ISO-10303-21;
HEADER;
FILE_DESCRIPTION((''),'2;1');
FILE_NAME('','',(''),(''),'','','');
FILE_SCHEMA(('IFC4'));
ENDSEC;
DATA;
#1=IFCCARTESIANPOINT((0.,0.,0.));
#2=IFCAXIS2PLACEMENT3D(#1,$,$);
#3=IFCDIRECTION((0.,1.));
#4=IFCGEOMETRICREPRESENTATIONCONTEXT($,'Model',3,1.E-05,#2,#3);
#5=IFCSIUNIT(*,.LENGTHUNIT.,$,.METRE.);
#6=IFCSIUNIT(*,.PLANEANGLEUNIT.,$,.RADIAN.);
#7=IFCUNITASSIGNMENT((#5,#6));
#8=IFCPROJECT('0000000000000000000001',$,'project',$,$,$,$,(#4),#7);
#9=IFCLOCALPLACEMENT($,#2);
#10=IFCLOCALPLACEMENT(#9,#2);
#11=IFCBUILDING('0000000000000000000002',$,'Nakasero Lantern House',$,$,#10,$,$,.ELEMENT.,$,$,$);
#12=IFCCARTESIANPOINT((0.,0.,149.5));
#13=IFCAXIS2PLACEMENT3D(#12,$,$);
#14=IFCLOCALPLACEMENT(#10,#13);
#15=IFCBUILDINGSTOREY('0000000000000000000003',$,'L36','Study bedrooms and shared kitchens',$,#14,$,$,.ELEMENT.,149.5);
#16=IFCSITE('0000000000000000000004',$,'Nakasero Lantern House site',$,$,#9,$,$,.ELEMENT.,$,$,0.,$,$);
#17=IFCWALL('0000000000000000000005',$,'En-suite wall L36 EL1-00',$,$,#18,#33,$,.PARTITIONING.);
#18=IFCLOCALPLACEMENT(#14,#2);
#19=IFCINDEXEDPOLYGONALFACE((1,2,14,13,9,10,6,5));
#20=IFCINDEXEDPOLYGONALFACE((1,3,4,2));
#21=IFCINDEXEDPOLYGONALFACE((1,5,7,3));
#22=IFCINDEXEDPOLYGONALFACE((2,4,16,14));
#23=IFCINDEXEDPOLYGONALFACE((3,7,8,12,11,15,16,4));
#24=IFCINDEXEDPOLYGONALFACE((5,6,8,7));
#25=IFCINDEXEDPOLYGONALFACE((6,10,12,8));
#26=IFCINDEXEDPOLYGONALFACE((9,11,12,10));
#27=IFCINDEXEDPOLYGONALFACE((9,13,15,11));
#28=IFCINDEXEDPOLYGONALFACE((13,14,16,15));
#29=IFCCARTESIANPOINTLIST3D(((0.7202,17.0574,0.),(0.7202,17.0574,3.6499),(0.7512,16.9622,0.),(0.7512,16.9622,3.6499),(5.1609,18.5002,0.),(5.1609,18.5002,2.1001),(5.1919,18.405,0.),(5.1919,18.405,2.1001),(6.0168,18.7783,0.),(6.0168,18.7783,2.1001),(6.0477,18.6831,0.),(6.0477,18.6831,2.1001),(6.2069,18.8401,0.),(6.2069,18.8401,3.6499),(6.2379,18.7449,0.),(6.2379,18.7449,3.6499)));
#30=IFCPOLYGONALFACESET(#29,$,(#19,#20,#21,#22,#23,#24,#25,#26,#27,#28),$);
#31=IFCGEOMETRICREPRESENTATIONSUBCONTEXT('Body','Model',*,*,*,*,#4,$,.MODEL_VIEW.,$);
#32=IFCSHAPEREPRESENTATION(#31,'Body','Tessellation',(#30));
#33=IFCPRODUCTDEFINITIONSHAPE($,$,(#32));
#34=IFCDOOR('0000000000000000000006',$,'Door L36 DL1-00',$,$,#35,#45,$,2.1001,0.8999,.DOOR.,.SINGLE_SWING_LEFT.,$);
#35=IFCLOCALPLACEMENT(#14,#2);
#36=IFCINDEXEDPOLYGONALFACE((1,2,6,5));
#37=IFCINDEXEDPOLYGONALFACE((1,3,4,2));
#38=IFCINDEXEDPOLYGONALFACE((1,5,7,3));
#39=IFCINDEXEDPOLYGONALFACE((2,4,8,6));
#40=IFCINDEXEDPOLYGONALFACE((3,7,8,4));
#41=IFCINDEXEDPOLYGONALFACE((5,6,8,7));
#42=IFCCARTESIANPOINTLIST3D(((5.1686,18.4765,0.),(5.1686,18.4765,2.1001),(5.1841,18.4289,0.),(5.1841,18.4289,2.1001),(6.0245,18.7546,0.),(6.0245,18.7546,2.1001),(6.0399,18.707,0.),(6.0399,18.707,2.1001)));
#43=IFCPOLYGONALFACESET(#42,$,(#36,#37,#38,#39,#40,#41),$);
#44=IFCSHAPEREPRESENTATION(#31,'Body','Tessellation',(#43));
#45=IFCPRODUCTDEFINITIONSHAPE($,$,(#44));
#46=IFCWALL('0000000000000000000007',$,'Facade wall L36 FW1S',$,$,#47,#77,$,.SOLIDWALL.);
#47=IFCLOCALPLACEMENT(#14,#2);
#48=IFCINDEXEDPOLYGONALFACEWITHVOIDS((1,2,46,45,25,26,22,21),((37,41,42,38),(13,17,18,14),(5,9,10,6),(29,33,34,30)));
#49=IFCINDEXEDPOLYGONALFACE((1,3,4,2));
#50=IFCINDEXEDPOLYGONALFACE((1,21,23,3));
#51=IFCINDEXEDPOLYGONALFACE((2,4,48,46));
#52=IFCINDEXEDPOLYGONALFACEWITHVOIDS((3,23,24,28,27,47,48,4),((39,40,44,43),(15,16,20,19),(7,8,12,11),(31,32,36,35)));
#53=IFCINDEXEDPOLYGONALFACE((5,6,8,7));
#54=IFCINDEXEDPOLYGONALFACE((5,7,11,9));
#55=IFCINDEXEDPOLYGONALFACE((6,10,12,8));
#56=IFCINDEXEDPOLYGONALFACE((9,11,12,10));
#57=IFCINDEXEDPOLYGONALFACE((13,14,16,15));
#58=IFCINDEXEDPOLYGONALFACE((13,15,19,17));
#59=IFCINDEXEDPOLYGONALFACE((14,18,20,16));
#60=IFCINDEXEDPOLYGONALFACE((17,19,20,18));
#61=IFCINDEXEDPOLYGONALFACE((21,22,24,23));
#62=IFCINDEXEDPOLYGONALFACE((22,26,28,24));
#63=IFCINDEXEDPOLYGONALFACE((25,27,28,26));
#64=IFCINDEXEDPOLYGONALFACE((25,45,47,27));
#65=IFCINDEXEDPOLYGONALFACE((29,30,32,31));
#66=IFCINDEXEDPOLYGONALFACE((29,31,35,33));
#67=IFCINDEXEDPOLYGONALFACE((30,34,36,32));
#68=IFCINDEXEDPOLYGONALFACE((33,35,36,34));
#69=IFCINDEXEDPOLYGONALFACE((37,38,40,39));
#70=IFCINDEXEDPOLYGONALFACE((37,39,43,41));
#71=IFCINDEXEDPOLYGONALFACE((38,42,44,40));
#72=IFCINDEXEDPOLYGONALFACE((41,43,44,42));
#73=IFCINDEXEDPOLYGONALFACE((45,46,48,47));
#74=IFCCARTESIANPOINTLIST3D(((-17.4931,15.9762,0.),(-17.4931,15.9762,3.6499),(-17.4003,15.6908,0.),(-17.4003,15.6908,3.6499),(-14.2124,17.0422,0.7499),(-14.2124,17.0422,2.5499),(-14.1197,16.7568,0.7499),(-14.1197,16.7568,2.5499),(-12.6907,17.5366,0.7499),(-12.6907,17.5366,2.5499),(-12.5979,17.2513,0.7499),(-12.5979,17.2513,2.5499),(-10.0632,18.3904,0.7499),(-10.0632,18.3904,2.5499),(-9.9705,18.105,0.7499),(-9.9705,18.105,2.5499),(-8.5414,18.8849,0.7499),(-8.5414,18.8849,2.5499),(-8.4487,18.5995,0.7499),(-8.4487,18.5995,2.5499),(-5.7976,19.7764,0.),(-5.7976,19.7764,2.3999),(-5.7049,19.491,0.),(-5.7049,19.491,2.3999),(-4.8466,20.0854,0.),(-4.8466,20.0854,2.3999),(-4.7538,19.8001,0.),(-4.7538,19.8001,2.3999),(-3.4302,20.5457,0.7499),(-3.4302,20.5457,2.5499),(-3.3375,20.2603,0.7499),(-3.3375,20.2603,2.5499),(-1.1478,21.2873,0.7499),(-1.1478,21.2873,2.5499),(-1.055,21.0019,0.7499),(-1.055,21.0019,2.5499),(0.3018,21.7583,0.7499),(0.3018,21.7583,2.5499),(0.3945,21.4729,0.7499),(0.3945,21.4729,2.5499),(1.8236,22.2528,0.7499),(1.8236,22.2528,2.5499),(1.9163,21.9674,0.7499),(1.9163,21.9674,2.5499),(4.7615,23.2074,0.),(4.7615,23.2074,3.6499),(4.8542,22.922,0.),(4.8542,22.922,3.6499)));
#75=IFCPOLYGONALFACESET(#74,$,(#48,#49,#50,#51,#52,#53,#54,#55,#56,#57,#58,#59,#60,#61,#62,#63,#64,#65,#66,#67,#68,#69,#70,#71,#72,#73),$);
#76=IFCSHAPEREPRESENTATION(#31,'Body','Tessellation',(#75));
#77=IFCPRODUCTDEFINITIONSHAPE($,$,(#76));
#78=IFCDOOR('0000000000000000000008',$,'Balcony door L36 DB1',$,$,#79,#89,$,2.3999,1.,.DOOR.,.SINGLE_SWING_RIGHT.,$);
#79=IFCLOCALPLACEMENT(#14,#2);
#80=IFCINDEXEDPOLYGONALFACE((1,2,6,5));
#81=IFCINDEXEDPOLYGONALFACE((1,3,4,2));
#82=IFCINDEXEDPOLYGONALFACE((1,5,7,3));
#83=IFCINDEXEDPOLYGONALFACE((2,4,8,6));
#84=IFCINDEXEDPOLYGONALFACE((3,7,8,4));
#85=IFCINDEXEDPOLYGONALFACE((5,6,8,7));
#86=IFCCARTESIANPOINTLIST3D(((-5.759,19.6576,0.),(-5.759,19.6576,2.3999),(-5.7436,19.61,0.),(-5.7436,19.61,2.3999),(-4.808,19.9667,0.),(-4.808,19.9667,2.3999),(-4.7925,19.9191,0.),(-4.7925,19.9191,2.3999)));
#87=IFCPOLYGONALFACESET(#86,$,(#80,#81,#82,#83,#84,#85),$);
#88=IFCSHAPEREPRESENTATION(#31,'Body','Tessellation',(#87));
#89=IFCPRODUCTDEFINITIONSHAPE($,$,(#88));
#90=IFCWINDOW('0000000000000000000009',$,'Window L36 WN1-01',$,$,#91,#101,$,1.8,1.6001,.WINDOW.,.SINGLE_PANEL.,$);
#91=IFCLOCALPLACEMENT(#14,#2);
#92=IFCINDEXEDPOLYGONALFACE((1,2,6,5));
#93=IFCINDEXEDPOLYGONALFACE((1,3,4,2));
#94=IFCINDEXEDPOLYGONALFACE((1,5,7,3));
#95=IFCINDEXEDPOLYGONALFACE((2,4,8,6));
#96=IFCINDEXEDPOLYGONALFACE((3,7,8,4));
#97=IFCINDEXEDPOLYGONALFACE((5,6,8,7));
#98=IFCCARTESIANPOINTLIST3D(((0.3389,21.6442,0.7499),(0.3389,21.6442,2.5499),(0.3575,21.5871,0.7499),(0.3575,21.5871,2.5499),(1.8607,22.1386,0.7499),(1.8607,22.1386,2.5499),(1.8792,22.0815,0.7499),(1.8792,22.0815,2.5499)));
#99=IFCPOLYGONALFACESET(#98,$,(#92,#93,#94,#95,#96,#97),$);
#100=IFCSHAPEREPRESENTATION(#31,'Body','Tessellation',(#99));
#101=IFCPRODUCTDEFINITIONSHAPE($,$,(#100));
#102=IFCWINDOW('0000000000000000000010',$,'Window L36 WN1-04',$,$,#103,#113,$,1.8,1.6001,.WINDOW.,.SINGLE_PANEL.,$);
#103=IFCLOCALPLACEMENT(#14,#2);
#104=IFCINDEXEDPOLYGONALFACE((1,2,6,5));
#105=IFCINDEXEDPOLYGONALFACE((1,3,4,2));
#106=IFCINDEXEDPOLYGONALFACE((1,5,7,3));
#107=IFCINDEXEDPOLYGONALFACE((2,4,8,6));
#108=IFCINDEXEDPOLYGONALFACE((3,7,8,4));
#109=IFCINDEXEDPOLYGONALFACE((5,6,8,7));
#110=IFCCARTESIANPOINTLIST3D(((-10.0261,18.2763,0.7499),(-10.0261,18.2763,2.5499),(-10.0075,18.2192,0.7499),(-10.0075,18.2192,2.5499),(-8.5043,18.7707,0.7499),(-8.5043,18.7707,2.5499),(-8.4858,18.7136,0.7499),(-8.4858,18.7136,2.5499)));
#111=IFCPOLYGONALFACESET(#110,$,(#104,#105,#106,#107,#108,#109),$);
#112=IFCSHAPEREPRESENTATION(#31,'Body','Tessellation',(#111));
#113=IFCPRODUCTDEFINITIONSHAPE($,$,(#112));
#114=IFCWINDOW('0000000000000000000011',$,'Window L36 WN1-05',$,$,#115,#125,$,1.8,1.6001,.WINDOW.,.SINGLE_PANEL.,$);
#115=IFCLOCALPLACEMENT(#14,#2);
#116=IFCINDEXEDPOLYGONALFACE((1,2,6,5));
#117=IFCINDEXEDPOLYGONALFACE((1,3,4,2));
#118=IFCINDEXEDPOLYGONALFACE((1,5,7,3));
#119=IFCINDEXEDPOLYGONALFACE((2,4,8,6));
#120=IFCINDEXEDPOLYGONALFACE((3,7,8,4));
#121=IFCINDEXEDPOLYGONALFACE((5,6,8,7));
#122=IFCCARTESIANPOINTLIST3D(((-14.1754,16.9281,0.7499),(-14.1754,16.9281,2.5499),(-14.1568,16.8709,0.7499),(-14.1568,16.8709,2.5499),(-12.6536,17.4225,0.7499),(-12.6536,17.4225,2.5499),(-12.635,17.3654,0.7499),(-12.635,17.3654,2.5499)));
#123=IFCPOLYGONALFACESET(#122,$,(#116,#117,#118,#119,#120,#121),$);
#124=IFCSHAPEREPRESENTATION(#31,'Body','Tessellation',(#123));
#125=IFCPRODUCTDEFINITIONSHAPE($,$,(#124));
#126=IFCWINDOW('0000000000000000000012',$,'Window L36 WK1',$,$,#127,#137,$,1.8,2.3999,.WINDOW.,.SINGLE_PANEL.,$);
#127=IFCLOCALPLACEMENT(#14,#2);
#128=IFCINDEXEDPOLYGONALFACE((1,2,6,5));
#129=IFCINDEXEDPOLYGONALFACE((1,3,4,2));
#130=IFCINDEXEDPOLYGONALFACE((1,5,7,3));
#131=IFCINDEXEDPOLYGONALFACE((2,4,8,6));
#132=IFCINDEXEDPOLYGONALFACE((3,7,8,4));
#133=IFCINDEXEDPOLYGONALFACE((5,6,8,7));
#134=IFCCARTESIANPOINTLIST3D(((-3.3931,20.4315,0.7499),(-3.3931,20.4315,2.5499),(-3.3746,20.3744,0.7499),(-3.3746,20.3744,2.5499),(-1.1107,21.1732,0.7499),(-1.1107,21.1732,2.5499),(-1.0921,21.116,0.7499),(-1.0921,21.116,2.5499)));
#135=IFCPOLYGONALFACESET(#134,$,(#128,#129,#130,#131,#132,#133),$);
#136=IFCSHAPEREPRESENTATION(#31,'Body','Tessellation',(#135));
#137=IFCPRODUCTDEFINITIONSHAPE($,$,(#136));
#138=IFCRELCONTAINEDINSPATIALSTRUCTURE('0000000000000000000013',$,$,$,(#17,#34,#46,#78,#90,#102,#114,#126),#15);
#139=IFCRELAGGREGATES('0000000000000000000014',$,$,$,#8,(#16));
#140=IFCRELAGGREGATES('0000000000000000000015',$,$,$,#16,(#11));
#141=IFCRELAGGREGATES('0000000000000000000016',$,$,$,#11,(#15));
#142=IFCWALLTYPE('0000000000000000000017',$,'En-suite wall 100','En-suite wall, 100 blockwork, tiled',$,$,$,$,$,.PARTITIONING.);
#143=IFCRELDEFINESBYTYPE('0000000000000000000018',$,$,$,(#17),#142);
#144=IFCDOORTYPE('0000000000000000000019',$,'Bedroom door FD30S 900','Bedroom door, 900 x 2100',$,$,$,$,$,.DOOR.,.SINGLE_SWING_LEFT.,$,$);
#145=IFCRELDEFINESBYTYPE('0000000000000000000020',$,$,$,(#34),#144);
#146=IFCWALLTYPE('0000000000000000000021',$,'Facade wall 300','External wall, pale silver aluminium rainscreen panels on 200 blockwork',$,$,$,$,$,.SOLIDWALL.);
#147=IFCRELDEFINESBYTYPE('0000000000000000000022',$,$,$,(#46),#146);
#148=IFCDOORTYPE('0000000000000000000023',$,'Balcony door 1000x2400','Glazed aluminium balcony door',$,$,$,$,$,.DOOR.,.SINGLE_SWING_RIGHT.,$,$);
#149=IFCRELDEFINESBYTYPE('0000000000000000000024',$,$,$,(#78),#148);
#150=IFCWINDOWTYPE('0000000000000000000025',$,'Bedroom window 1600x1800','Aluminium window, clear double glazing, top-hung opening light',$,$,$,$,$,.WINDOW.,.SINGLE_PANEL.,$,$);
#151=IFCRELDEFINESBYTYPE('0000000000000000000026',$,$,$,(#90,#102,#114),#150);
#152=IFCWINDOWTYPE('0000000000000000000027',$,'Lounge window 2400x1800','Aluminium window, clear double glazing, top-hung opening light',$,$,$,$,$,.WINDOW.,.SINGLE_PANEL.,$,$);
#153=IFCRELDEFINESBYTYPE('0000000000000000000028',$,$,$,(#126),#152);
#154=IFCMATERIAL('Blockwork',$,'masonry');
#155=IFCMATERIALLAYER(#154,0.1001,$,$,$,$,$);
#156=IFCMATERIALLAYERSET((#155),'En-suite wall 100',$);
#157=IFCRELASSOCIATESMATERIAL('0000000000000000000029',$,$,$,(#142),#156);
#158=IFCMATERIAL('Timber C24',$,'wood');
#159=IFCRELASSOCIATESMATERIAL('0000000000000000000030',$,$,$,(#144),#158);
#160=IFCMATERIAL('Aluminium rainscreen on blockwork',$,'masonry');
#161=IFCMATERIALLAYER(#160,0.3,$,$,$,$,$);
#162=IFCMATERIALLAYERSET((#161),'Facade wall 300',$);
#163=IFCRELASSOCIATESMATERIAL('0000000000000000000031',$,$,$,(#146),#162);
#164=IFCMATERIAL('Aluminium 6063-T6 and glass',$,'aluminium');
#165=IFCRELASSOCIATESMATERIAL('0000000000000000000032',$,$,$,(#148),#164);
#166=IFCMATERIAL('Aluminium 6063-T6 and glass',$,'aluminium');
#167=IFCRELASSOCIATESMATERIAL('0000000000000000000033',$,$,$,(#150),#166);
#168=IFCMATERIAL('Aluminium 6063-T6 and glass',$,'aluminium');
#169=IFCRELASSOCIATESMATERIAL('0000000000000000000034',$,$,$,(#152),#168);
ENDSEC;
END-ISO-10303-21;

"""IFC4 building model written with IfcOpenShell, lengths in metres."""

from ifc_helpers import new_model, si_unit, direction, frame, frame_2d, origin, place, context, subcontext, project, spatial, rectangle, extrude, material, layer, layer_set, type_object, element, fill, save


model = new_model("IFC4")

# Units and contexts
model_context = context("Model", 3, precision=1e-05, world=origin(), true_north=direction((0.0, 1.0)))
body_context = subcontext(model_context, "Body", "Model", "MODEL_VIEW")
ifc_project = project(units=[si_unit("LENGTHUNIT", "METRE"), si_unit("PLANEANGLEUNIT", "RADIAN")], contexts=[model_context])

# Site, building, storey
site_placement = place(None, origin())
site = spatial("IfcSite", under=ifc_project, at=site_placement, Name="Nakasero Lantern House site", CompositionType="ELEMENT", RefElevation=0.0)
building_placement = place(site_placement, origin())
building = spatial("IfcBuilding", under=site, at=building_placement, Name="Nakasero Lantern House", CompositionType="ELEMENT")
storey_placement = place(building_placement, frame((0.0, 0.0, 149.5)))
storey = spatial("IfcBuildingStorey", under=building, at=storey_placement, Name="L36", Description="Study bedrooms and shared kitchens", CompositionType="ELEMENT", Elevation=149.5)

# Shared definitions
ifc_material_1 = material(Name="Blockwork", Category="masonry")
ifc_layer_1 = layer(ifc_material_1, 0.1001)
ifc_layer_set_1 = layer_set([ifc_layer_1], Name="En-suite wall 100")
wall_type_1 = type_object("IfcWallType", Name="En-suite wall 100", Description="En-suite wall, 100 blockwork, tiled", PredefinedType="PARTITIONING", material=ifc_layer_set_1)

# Wall, opening, door
wall_1_placement = place(storey_placement, frame((6.2224, 18.7925, 0.0), z_axis=(0.0, 0.0, 1.0), x_axis=(-0.95106, -0.309008, 0.0)))
wall_1 = element("IfcWall", 1, at=wall_1_placement, inside=storey, type_object=wall_type_1, Name="En-suite wall L36 EL1-00", PredefinedType="PARTITIONING", context=body_context, shape_type="SweptSolid", body=[
    extrude(rectangle(XDim=5.769, YDim=0.1001, at=frame_2d((2.8845, 0.0))), origin(), (0.0, 0.0, 1.0), 3.6499),
])
opening_1_placement = place(wall_1_placement, frame((0.2, 0.0, 0.0)))
opening_1 = element("IfcOpeningElement", 2, at=opening_1_placement, cuts=wall_1, PredefinedType="OPENING", context=body_context, shape_type="SweptSolid", body=[
    extrude(rectangle(XDim=0.8999, YDim=2.1001, at=frame_2d((0.45, 1.05))), frame((0.0, 0.0701, 0.0), z_axis=(0.0, -1.0, 0.0), x_axis=(1.0, 0.0, 0.0)), (0.0, 0.0, 1.0), 0.1401),
])
ifc_material_2 = material(Name="Timber C24", Category="wood")
door_type_1 = type_object("IfcDoorType", Name="Bedroom door FD30S 900", Description="Bedroom door, 900 x 2100", OperationType="SINGLE_SWING_LEFT", PredefinedType="DOOR", material=ifc_material_2)
door_1_placement = place(opening_1_placement, origin())
door_1 = element("IfcDoor", 3, at=door_1_placement, inside=storey, type_object=door_type_1, Name="Door L36 DL1-00", OperationType="SINGLE_SWING_LEFT", OverallHeight=2.1001, OverallWidth=0.8999, PredefinedType="DOOR", context=body_context, shape_type="SweptSolid", body=[
    extrude(rectangle(XDim=0.8999, YDim=2.1001, at=frame_2d((0.45, 1.05))), frame((0.0, 0.0249, 0.0), z_axis=(0.0, -1.0, 0.0), x_axis=(1.0, 0.0, 0.0)), (0.0, 0.0, 1.0), 0.05),
])
fill(opening_1, door_1)

# Wall, openings, door, windows
ifc_material_3 = material(Name="Aluminium rainscreen on blockwork", Category="masonry")
ifc_layer_2 = layer(ifc_material_3, 0.3)
ifc_layer_set_2 = layer_set([ifc_layer_2], Name="Facade wall 300")
wall_type_2 = type_object("IfcWallType", Name="Facade wall 300", Description="External wall, pale silver aluminium rainscreen panels on 200 blockwork", PredefinedType="SOLIDWALL", material=ifc_layer_set_2)
wall_2_placement = place(storey_placement, frame((4.8079, 23.0647, 0.0), z_axis=(0.0, 0.0, 1.0), x_axis=(-0.951054, -0.309026, 0.0)))
wall_2 = element("IfcWall", 4, at=wall_2_placement, inside=storey, type_object=wall_type_2, Name="Facade wall L36 FW1S", PredefinedType="SOLIDWALL", context=body_context, shape_type="SweptSolid", body=[
    extrude(rectangle(XDim=23.3999, YDim=0.3, at=frame_2d((11.7, 0.0))), origin(), (0.0, 0.0, 1.0), 3.6499),
])
opening_2_placement = place(wall_2_placement, frame((3.0891, 0.0, 0.75)))
opening_2 = element("IfcOpeningElement", 5, at=opening_2_placement, cuts=wall_2, PredefinedType="OPENING", context=body_context, shape_type="SweptSolid", body=[
    extrude(rectangle(XDim=1.6001, YDim=1.8, at=frame_2d((0.8, 0.8999))), frame((0.0, 0.1699, 0.0), z_axis=(0.0, -1.0, 0.0), x_axis=(1.0, 0.0, 0.0)), (0.0, 0.0, 1.0), 0.3401),
])
opening_3_placement = place(wall_2_placement, frame((13.9875, 0.0, 0.75)))
opening_3 = element("IfcOpeningElement", 6, at=opening_3_placement, cuts=wall_2, PredefinedType="OPENING", context=body_context, shape_type="SweptSolid", body=[
    extrude(rectangle(XDim=1.6001, YDim=1.8, at=frame_2d((0.8, 0.8999))), frame((0.0, 0.1699, 0.0), z_axis=(0.0, -1.0, 0.0), x_axis=(1.0, 0.0, 0.0)), (0.0, 0.0, 1.0), 0.3401),
])
opening_4_placement = place(wall_2_placement, frame((18.3503, 0.0, 0.75)))
opening_4 = element("IfcOpeningElement", 7, at=opening_4_placement, cuts=wall_2, PredefinedType="OPENING", context=body_context, shape_type="SweptSolid", body=[
    extrude(rectangle(XDim=1.6001, YDim=1.8, at=frame_2d((0.8, 0.8999))), frame((0.0, 0.1699, 0.0), z_axis=(0.0, -1.0, 0.0), x_axis=(1.0, 0.0, 0.0)), (0.0, 0.0, 1.0), 0.3401),
])
opening_5_placement = place(wall_2_placement, frame((6.2134, 0.0, 0.75)))
opening_5 = element("IfcOpeningElement", 8, at=opening_5_placement, cuts=wall_2, PredefinedType="OPENING", context=body_context, shape_type="SweptSolid", body=[
    extrude(rectangle(XDim=2.3999, YDim=1.8, at=frame_2d((1.2, 0.8999))), frame((0.0, 0.1699, 0.0), z_axis=(0.0, -1.0, 0.0), x_axis=(1.0, 0.0, 0.0)), (0.0, 0.0, 1.0), 0.3401),
])
opening_6_placement = place(wall_2_placement, frame((10.1025, 0.0, 0.0)))
opening_6 = element("IfcOpeningElement", 9, at=opening_6_placement, cuts=wall_2, PredefinedType="OPENING", context=body_context, shape_type="SweptSolid", body=[
    extrude(rectangle(XDim=1.0, YDim=2.3999, at=frame_2d((0.5, 1.2))), frame((0.0, 0.1699, 0.0), z_axis=(0.0, -1.0, 0.0), x_axis=(1.0, 0.0, 0.0)), (0.0, 0.0, 1.0), 0.3401),
])
ifc_material_4 = material(Name="Aluminium 6063-T6 and glass", Category="aluminium")
door_type_2 = type_object("IfcDoorType", Name="Balcony door 1000x2400", Description="Glazed aluminium balcony door", OperationType="SINGLE_SWING_RIGHT", PredefinedType="DOOR", material=ifc_material_4)
door_2_placement = place(opening_6_placement, origin())
door_2 = element("IfcDoor", 10, at=door_2_placement, inside=storey, type_object=door_type_2, Name="Balcony door L36 DB1", OperationType="SINGLE_SWING_RIGHT", OverallHeight=2.3999, OverallWidth=1.0, PredefinedType="DOOR", context=body_context, shape_type="SweptSolid", body=[
    extrude(rectangle(XDim=1.0, YDim=2.3999, at=frame_2d((0.5, 1.2))), frame((0.0, 0.0249, 0.0), z_axis=(0.0, -1.0, 0.0), x_axis=(1.0, 0.0, 0.0)), (0.0, 0.0, 1.0), 0.05),
])
fill(opening_6, door_2)
ifc_material_5 = material(Name="Aluminium 6063-T6 and glass", Category="aluminium")
window_type_1 = type_object("IfcWindowType", Name="Bedroom window 1600x1800", Description="Aluminium window, clear double glazing, top-hung opening light", PartitioningType="SINGLE_PANEL", PredefinedType="WINDOW", material=ifc_material_5)
window_1_placement = place(opening_2_placement, origin())
window_1 = element("IfcWindow", 11, at=window_1_placement, inside=storey, type_object=window_type_1, Name="Window L36 WN1-01", OverallHeight=1.8, OverallWidth=1.6001, PartitioningType="SINGLE_PANEL", PredefinedType="WINDOW", context=body_context, shape_type="SweptSolid", body=[
    extrude(rectangle(XDim=1.6001, YDim=1.8, at=frame_2d((0.8, 0.8999))), frame((0.0, 0.03, 0.0), z_axis=(0.0, -1.0, 0.0), x_axis=(1.0, 0.0, 0.0)), (0.0, 0.0, 1.0), 0.0601),
])
fill(opening_2, window_1)
window_2_placement = place(opening_3_placement, origin())
window_2 = element("IfcWindow", 12, at=window_2_placement, inside=storey, type_object=window_type_1, Name="Window L36 WN1-04", OverallHeight=1.8, OverallWidth=1.6001, PartitioningType="SINGLE_PANEL", PredefinedType="WINDOW", context=body_context, shape_type="SweptSolid", body=[
    extrude(rectangle(XDim=1.6001, YDim=1.8, at=frame_2d((0.8, 0.8999))), frame((0.0, 0.03, 0.0), z_axis=(0.0, -1.0, 0.0), x_axis=(1.0, 0.0, 0.0)), (0.0, 0.0, 1.0), 0.0601),
])
fill(opening_3, window_2)
window_3_placement = place(opening_4_placement, origin())
window_3 = element("IfcWindow", 13, at=window_3_placement, inside=storey, type_object=window_type_1, Name="Window L36 WN1-05", OverallHeight=1.8, OverallWidth=1.6001, PartitioningType="SINGLE_PANEL", PredefinedType="WINDOW", context=body_context, shape_type="SweptSolid", body=[
    extrude(rectangle(XDim=1.6001, YDim=1.8, at=frame_2d((0.8, 0.8999))), frame((0.0, 0.03, 0.0), z_axis=(0.0, -1.0, 0.0), x_axis=(1.0, 0.0, 0.0)), (0.0, 0.0, 1.0), 0.0601),
])
fill(opening_4, window_3)
ifc_material_6 = material(Name="Aluminium 6063-T6 and glass", Category="aluminium")
window_type_2 = type_object("IfcWindowType", Name="Lounge window 2400x1800", Description="Aluminium window, clear double glazing, top-hung opening light", PartitioningType="SINGLE_PANEL", PredefinedType="WINDOW", material=ifc_material_6)
window_4_placement = place(opening_5_placement, origin())
window_4 = element("IfcWindow", 14, at=window_4_placement, inside=storey, type_object=window_type_2, Name="Window L36 WK1", OverallHeight=1.8, OverallWidth=2.3999, PartitioningType="SINGLE_PANEL", PredefinedType="WINDOW", context=body_context, shape_type="SweptSolid", body=[
    extrude(rectangle(XDim=2.3999, YDim=1.8, at=frame_2d((1.2, 0.8999))), frame((0.0, 0.03, 0.0), z_axis=(0.0, -1.0, 0.0), x_axis=(1.0, 0.0, 0.0)), (0.0, 0.0, 1.0), 0.0601),
])
fill(opening_5, window_4)

save(model, "model.ifc")
